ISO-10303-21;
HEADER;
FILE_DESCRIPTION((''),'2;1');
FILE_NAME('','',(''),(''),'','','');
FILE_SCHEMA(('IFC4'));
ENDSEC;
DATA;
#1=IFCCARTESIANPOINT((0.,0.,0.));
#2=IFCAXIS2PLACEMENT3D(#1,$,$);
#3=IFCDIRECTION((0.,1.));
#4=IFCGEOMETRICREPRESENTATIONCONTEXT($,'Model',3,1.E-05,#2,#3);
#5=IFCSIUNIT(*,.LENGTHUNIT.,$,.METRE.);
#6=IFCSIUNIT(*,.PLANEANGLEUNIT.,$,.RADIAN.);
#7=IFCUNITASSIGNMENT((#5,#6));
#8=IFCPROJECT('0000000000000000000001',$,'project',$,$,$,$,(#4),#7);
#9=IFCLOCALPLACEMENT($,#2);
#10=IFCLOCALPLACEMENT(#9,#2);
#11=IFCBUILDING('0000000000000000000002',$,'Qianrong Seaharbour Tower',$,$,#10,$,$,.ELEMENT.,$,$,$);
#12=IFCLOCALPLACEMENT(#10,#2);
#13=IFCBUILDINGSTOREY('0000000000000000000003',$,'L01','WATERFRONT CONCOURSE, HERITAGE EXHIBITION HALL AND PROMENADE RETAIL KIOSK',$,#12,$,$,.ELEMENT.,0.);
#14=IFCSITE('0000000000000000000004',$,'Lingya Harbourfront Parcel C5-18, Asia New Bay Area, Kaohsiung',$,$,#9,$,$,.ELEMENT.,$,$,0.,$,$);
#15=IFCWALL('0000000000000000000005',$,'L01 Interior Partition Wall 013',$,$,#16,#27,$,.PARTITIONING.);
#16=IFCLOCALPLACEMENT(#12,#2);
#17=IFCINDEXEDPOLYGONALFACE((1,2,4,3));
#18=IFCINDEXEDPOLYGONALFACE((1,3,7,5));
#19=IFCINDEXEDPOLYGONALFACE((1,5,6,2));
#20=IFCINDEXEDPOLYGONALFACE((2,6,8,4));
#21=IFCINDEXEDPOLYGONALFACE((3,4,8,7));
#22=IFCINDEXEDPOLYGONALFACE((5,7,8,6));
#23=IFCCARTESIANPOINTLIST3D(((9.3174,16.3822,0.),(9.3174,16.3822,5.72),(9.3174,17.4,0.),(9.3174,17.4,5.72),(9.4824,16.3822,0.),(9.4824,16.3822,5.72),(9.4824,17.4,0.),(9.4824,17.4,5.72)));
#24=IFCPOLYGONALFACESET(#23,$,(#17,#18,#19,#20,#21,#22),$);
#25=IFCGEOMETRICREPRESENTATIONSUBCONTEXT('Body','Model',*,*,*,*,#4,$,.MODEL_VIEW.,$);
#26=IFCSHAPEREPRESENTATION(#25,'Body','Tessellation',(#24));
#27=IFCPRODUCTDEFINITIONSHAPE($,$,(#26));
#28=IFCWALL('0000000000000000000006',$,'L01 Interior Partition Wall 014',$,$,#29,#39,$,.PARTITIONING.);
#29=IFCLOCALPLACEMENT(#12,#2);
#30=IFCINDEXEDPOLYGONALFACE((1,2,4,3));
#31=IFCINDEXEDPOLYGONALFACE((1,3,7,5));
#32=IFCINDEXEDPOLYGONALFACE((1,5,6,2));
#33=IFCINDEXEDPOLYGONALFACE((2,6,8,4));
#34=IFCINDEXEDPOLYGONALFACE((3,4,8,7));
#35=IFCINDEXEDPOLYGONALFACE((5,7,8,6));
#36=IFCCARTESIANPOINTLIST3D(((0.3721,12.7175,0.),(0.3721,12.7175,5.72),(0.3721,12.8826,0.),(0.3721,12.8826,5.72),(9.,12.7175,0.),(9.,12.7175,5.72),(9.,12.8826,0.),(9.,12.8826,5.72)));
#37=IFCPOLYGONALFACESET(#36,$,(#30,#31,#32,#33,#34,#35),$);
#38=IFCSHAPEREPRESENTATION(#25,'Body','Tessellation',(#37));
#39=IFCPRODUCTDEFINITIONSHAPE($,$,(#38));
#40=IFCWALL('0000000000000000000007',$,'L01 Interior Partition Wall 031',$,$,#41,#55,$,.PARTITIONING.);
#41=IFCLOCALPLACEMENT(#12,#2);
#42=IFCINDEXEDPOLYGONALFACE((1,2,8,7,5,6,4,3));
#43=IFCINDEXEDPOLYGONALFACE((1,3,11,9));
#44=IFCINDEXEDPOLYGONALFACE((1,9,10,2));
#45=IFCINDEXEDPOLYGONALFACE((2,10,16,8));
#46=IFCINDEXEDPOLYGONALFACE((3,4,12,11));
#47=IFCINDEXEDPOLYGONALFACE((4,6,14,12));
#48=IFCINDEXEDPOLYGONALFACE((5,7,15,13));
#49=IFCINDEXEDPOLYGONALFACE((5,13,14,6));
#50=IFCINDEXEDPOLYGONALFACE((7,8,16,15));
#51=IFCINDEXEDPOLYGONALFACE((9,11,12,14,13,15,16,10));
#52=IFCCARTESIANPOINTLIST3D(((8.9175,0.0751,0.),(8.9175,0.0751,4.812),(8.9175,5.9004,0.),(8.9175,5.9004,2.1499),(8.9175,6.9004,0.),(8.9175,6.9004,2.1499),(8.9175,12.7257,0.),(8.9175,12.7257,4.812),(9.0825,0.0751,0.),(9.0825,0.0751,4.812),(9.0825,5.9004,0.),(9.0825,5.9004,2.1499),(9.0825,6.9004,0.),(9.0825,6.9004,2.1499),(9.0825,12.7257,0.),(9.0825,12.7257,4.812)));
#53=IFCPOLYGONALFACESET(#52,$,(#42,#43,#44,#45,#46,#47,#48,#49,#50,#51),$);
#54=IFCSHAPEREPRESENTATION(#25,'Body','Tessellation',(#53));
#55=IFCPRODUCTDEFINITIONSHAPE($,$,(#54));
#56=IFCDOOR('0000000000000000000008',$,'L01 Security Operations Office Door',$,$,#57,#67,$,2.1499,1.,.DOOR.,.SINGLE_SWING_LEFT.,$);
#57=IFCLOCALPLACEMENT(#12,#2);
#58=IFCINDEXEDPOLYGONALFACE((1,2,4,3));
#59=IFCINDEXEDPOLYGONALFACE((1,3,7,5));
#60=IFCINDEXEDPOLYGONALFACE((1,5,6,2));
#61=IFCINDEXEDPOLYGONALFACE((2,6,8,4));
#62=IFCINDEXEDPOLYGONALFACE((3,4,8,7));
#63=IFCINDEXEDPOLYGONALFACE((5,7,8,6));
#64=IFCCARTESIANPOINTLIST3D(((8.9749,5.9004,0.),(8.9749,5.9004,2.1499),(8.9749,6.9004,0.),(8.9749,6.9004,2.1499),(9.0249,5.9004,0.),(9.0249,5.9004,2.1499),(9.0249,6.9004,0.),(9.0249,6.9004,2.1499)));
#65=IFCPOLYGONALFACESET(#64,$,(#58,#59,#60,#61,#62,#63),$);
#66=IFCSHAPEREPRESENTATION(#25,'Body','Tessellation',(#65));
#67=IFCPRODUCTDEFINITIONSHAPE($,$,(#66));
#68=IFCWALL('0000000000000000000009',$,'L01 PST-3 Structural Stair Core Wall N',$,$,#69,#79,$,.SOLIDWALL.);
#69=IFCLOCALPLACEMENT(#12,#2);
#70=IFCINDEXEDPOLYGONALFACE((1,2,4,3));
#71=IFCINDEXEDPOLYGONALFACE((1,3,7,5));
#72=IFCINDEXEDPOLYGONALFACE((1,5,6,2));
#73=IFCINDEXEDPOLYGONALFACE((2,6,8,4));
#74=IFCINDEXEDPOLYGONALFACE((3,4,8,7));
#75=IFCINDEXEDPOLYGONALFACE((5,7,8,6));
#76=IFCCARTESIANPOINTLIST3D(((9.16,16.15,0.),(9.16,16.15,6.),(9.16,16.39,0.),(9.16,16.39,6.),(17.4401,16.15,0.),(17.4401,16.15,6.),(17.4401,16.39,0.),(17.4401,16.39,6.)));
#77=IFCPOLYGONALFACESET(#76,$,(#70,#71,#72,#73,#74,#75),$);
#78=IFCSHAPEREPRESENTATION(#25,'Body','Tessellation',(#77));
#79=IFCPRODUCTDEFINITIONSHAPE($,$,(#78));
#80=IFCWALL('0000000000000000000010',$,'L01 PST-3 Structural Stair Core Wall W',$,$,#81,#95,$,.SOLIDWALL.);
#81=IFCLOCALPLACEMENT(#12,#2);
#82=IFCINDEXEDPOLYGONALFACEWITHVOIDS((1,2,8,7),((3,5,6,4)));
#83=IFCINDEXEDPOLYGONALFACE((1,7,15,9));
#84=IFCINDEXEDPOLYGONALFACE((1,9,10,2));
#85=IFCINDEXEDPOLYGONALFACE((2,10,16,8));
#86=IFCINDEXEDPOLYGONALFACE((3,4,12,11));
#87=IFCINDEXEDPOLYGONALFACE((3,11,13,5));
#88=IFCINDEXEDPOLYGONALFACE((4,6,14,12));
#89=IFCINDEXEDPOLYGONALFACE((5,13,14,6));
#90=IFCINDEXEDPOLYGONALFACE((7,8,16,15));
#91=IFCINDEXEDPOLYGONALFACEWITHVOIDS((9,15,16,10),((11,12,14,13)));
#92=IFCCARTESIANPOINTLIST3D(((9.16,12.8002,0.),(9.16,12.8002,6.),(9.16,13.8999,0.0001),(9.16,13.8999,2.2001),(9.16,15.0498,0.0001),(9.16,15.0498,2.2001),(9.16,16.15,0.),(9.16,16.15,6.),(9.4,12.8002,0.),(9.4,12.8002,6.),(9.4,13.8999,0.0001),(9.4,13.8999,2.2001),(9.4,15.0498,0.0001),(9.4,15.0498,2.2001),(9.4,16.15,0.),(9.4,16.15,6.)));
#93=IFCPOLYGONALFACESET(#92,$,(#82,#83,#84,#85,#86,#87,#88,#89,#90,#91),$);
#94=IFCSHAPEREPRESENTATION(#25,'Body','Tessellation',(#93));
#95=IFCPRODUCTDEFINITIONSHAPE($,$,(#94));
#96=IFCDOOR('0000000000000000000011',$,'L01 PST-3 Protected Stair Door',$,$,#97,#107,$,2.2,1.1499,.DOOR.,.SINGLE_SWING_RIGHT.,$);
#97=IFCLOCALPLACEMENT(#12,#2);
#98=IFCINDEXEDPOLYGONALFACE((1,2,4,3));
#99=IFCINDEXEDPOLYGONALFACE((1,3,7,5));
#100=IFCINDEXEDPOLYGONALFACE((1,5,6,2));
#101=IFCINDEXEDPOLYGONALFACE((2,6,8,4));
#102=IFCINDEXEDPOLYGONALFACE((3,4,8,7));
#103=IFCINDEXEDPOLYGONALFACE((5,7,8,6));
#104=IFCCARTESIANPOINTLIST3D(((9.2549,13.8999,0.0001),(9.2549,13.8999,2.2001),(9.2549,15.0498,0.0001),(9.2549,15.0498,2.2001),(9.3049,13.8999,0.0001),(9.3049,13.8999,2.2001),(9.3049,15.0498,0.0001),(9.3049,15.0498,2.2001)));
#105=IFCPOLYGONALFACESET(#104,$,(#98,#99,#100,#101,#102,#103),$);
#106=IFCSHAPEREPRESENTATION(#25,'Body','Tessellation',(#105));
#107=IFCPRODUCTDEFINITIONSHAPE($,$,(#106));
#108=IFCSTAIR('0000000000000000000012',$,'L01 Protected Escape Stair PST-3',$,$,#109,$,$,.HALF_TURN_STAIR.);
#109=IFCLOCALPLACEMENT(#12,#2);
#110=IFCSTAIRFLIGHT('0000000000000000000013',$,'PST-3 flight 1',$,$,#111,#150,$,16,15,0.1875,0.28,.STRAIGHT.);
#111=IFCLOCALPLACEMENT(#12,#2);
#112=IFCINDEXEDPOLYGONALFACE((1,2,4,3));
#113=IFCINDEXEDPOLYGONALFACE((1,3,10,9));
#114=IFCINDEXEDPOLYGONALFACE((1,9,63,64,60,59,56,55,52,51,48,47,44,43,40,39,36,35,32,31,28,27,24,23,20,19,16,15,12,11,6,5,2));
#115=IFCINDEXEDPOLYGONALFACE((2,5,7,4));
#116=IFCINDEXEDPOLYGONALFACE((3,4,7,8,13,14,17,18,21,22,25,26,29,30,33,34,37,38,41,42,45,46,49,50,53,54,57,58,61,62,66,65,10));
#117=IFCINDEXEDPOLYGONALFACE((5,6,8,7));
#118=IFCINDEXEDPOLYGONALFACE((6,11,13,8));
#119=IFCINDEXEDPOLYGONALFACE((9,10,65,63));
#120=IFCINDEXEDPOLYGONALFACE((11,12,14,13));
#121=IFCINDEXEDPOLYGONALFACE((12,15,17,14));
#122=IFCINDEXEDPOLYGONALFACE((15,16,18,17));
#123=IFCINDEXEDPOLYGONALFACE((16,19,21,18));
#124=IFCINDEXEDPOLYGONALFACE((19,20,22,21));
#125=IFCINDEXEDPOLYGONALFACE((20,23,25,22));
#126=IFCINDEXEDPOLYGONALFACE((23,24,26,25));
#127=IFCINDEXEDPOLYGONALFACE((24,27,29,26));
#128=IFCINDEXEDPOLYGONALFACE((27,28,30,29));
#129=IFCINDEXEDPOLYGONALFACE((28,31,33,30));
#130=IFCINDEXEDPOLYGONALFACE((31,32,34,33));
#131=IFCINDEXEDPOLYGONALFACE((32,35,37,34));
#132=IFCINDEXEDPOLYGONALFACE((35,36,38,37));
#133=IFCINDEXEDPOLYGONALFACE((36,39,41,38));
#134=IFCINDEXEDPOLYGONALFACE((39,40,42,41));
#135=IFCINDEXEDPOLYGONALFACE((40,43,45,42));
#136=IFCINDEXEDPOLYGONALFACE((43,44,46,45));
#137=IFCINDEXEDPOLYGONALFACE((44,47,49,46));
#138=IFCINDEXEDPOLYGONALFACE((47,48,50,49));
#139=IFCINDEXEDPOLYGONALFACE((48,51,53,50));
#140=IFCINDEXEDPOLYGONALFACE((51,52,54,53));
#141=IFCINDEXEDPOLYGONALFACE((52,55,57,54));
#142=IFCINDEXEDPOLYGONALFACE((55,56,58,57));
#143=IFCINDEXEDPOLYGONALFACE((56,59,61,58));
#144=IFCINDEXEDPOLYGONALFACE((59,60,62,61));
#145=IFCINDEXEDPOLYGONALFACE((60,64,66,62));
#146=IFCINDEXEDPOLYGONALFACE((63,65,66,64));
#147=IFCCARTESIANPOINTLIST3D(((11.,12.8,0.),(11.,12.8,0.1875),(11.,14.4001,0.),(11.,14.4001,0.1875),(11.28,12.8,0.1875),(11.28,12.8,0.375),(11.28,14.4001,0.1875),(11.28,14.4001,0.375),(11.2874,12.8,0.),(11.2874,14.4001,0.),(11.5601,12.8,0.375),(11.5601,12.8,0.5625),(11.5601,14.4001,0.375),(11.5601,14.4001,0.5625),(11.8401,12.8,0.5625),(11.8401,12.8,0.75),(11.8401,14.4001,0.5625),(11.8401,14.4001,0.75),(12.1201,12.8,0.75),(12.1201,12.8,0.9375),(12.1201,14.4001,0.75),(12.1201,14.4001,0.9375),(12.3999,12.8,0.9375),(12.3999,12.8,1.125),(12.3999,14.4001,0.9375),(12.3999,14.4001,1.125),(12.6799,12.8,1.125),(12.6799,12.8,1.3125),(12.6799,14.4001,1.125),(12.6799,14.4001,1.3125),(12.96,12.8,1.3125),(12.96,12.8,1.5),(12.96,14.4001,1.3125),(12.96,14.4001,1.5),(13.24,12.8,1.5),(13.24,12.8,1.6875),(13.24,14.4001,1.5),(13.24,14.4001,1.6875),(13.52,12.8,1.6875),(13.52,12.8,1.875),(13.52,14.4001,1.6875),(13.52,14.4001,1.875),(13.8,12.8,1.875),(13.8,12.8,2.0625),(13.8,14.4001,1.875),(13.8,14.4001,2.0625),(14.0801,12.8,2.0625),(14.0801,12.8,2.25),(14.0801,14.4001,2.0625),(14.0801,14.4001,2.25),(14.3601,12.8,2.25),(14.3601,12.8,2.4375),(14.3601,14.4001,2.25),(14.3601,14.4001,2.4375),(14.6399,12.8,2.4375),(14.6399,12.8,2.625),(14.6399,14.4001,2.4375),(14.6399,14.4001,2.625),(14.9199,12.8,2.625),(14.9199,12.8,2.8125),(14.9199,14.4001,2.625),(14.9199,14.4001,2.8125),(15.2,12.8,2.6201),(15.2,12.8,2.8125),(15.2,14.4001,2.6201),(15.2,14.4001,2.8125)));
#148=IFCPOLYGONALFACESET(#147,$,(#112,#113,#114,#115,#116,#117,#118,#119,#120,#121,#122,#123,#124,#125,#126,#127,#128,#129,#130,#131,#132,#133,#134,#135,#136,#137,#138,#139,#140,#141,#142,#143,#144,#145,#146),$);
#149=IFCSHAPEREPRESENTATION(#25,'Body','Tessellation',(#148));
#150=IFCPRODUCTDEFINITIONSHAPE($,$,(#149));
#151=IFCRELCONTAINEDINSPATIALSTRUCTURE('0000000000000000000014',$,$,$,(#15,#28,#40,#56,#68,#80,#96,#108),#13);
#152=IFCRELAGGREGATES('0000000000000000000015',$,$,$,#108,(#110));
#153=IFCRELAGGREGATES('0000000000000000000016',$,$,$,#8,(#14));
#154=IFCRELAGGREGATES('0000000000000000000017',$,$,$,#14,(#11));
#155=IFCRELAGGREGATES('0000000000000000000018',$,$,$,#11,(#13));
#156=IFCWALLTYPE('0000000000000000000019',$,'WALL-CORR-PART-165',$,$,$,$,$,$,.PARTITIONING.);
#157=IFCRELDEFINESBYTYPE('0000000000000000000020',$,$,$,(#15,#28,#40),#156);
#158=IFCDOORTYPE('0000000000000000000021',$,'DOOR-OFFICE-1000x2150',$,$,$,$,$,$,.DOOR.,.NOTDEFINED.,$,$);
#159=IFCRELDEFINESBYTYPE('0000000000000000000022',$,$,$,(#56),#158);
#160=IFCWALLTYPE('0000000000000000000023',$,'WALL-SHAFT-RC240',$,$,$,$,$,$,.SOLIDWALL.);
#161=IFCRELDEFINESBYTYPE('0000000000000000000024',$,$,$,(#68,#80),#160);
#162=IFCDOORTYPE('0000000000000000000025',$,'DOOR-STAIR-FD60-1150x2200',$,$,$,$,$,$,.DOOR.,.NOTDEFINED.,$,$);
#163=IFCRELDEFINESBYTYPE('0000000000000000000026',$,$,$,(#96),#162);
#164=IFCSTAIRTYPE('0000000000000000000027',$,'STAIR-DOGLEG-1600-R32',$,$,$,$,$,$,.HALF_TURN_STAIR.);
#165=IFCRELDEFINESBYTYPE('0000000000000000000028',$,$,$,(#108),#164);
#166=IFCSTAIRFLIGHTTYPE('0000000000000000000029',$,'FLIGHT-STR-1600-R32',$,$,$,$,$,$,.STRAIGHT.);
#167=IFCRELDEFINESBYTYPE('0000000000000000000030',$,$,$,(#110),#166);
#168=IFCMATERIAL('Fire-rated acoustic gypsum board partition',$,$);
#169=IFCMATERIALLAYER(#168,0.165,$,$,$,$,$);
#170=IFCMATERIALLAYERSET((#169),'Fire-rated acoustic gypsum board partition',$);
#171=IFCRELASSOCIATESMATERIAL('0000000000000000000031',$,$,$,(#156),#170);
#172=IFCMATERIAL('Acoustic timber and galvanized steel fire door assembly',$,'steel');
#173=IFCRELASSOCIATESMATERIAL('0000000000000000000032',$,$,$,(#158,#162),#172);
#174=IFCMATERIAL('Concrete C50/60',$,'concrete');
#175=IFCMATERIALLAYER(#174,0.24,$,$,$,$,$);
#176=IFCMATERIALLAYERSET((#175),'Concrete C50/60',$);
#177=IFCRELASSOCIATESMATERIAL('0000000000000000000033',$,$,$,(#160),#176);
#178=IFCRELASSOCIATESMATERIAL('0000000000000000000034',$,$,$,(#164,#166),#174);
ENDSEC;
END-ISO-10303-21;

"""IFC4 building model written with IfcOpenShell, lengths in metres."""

from ifc_helpers import new_model, si_unit, direction, frame, frame_2d, origin, place, context, subcontext, project, spatial, polyline, rectangle, outline, extrude, material, layer, layer_set, type_object, element, fill, aggregate, save


model = new_model("IFC4")

# Units and contexts
model_context = context("Model", 3, precision=1e-05, world=origin(), true_north=direction((0.0, 1.0)))
body_context = subcontext(model_context, "Body", "Model", "MODEL_VIEW")
ifc_project = project(units=[si_unit("LENGTHUNIT", "METRE"), si_unit("PLANEANGLEUNIT", "RADIAN")], contexts=[model_context])

# Site, building, storey
site_placement = place(None, origin())
site = spatial("IfcSite", under=ifc_project, at=site_placement, Name="Lingya Harbourfront Parcel C5-18, Asia New Bay Area, Kaohsiung", CompositionType="ELEMENT", RefElevation=0.0)
building_placement = place(site_placement, origin())
building = spatial("IfcBuilding", under=site, at=building_placement, Name="Qianrong Seaharbour Tower", CompositionType="ELEMENT")
storey_placement = place(building_placement, origin())
storey = spatial("IfcBuildingStorey", under=building, at=storey_placement, Name="L01", Description="WATERFRONT CONCOURSE, HERITAGE EXHIBITION HALL AND PROMENADE RETAIL KIOSK", CompositionType="ELEMENT", Elevation=0.0)

# Walls
ifc_material_1 = material(Name="Fire-rated acoustic gypsum board partition")
ifc_layer_1 = layer(ifc_material_1, 0.165)
ifc_layer_set_1 = layer_set([ifc_layer_1], Name="Fire-rated acoustic gypsum board partition")
wall_type_1 = type_object("IfcWallType", Name="WALL-CORR-PART-165", PredefinedType="PARTITIONING", material=ifc_layer_set_1)
wall_1_placement = place(storey_placement, frame((9.3999, 17.3999, 0.0), z_axis=(0.0, 0.0, 1.0), x_axis=(0.0, -1.0, 0.0)))
element("IfcWall", 1, at=wall_1_placement, inside=storey, type_object=wall_type_1, Name="L01 Interior Partition Wall 013", PredefinedType="PARTITIONING", context=body_context, shape_type="SweptSolid", body=[
    extrude(rectangle(XDim=1.0178, YDim=0.165, at=frame_2d((0.5088, 0.0))), origin(), (0.0, 0.0, 1.0), 5.72),
])
wall_2_placement = place(storey_placement, frame((9.0, 12.8, 0.0), z_axis=(0.0, 0.0, 1.0), x_axis=(-1.0, 0.0, 0.0)))
element("IfcWall", 2, at=wall_2_placement, inside=storey, type_object=wall_type_1, Name="L01 Interior Partition Wall 014", PredefinedType="PARTITIONING", context=body_context, shape_type="SweptSolid", body=[
    extrude(rectangle(XDim=8.6279, YDim=0.165, at=frame_2d((4.314, 0.0))), origin(), (0.0, 0.0, 1.0), 5.72),
])

# Wall, opening, door
wall_3_placement = place(storey_placement, frame((9.0, 12.7256, 0.0), z_axis=(0.0, 0.0, 1.0), x_axis=(0.0, -1.0, 0.0)))
wall_3 = element("IfcWall", 3, at=wall_3_placement, inside=storey, type_object=wall_type_1, Name="L01 Interior Partition Wall 031", PredefinedType="PARTITIONING", context=body_context, shape_type="SweptSolid", body=[
    extrude(rectangle(XDim=12.6506, YDim=0.165, at=frame_2d((6.3252, 0.0))), origin(), (0.0, 0.0, 1.0), 4.812),
])
opening_1_placement = place(wall_3_placement, frame((5.8252, 0.0, 0.0)))
opening_1 = element("IfcOpeningElement", 4, at=opening_1_placement, cuts=wall_3, PredefinedType="OPENING", context=body_context, shape_type="SweptSolid", body=[
    extrude(rectangle(XDim=1.0, YDim=2.1499, at=frame_2d((0.5, 1.075))), frame((0.0, 0.0925, 0.0), z_axis=(0.0, -1.0, 0.0), x_axis=(1.0, 0.0, 0.0)), (0.0, 0.0, 1.0), 0.1851),
])
ifc_material_2 = material(Name="Acoustic timber and galvanized steel fire door assembly", Category="steel")
door_type_1 = type_object("IfcDoorType", Name="DOOR-OFFICE-1000x2150", OperationType="NOTDEFINED", PredefinedType="DOOR", material=ifc_material_2)
door_1_placement = place(opening_1_placement, origin())
door_1 = element("IfcDoor", 5, at=door_1_placement, inside=storey, type_object=door_type_1, Name="L01 Security Operations Office Door", OperationType="SINGLE_SWING_LEFT", OverallHeight=2.1499, OverallWidth=1.0, PredefinedType="DOOR", context=body_context, shape_type="SweptSolid", body=[
    extrude(rectangle(XDim=1.0, YDim=2.1499, at=frame_2d((0.5, 1.075))), frame((0.0, 0.0249, 0.0), z_axis=(0.0, -1.0, 0.0), x_axis=(1.0, 0.0, 0.0)), (0.0, 0.0, 1.0), 0.05),
])
fill(opening_1, door_1)

# Wall
ifc_material_3 = material(Name="Concrete C50/60", Category="concrete")
ifc_layer_2 = layer(ifc_material_3, 0.24)
ifc_layer_set_2 = layer_set([ifc_layer_2], Name="Concrete C50/60")
wall_type_2 = type_object("IfcWallType", Name="WALL-SHAFT-RC240", PredefinedType="SOLIDWALL", material=ifc_layer_set_2)
wall_4_placement = place(storey_placement, frame((9.1599, 16.27, 0.0), z_axis=(0.0, 0.0, 1.0), x_axis=(1.0, 0.0, 0.0)))
element("IfcWall", 6, at=wall_4_placement, inside=storey, type_object=wall_type_2, Name="L01 PST-3 Structural Stair Core Wall N", PredefinedType="SOLIDWALL", context=body_context, shape_type="SweptSolid", body=[
    extrude(rectangle(XDim=8.28, YDim=0.24, at=frame_2d((4.1401, 0.0))), origin(), (0.0, 0.0, 1.0), 6.0),
])

# Wall, opening, door
wall_5_placement = place(storey_placement, frame((9.28, 16.1499, 0.0), z_axis=(0.0, 0.0, 1.0), x_axis=(0.0, -1.0, 0.0)))
wall_5 = element("IfcWall", 7, at=wall_5_placement, inside=storey, type_object=wall_type_2, Name="L01 PST-3 Structural Stair Core Wall W", PredefinedType="SOLIDWALL", context=body_context, shape_type="SweptSolid", body=[
    extrude(rectangle(XDim=3.3499, YDim=0.24, at=frame_2d((1.6748, 0.0))), origin(), (0.0, 0.0, 1.0), 6.0),
])
opening_2_placement = place(wall_5_placement, frame((1.1001, 0.0, 0.0)))
opening_2 = element("IfcOpeningElement", 8, at=opening_2_placement, cuts=wall_5, PredefinedType="OPENING", context=body_context, shape_type="SweptSolid", body=[
    extrude(rectangle(XDim=1.1499, YDim=2.2, at=frame_2d((0.575, 1.1001))), frame((0.0, 0.1299, 0.0), z_axis=(0.0, -1.0, 0.0), x_axis=(1.0, 0.0, 0.0)), (0.0, 0.0, 1.0), 0.26),
])
door_type_2 = type_object("IfcDoorType", Name="DOOR-STAIR-FD60-1150x2200", OperationType="NOTDEFINED", PredefinedType="DOOR", material=ifc_material_2)
door_2_placement = place(opening_2_placement, origin())
door_2 = element("IfcDoor", 9, at=door_2_placement, inside=storey, type_object=door_type_2, Name="L01 PST-3 Protected Stair Door", OperationType="SINGLE_SWING_RIGHT", OverallHeight=2.2, OverallWidth=1.1499, PredefinedType="DOOR", context=body_context, shape_type="SweptSolid", body=[
    extrude(rectangle(XDim=1.1499, YDim=2.2, at=frame_2d((0.575, 1.1001))), frame((0.0, 0.0249, 0.0), z_axis=(0.0, -1.0, 0.0), x_axis=(1.0, 0.0, 0.0)), (0.0, 0.0, 1.0), 0.05),
])
fill(opening_2, door_2)

# Stair, stair flight
stair_type = type_object("IfcStairType", Name="STAIR-DOGLEG-1600-R32", PredefinedType="HALF_TURN_STAIR", material=ifc_material_3)
stair_placement = place(storey_placement, origin())
stair = element("IfcStair", 10, at=stair_placement, inside=storey, type_object=stair_type, Name="L01 Protected Escape Stair PST-3", PredefinedType="HALF_TURN_STAIR")
stair_flight_type = type_object("IfcStairFlightType", Name="FLIGHT-STR-1600-R32", PredefinedType="STRAIGHT", material=ifc_material_3)
stair_flight_1_placement = place(storey_placement, frame((11.0, 13.6001, 0.0), z_axis=(0.0, 0.0, 1.0), x_axis=(1.0, 0.0, 0.0)))
stair_flight_1 = element("IfcStairFlight", 11, at=stair_flight_1_placement, type_object=stair_flight_type, Name="PST-3 flight 1", NumberOfRisers=16, NumberOfTreads=15, PredefinedType="STRAIGHT", RiserHeight=0.1875, TreadLength=0.28, context=body_context, shape_type="SweptSolid", body=[
    extrude(outline(polyline([(0.0, 0.0), (0.0, 0.1875), (0.28, 0.1875), (0.28, 0.375), (0.5601, 0.375), (0.5601, 0.5625), (0.8401, 0.5625), (0.8401, 0.75), (1.1201, 0.75), (1.1201, 0.9375), (1.3999, 0.9375), (1.3999, 1.125), (1.6799, 1.125), (1.6799, 1.3125), (1.96, 1.3125), (1.96, 1.5), (2.24, 1.5), (2.24, 1.6875), (2.52, 1.6875), (2.52, 1.875), (2.8, 1.875), (2.8, 2.0625), (3.0801, 2.0625), (3.0801, 2.25), (3.3601, 2.25), (3.3601, 2.4375), (3.6399, 2.4375), (3.6399, 2.625), (3.9199, 2.625), (3.9199, 2.8125), (4.2, 2.8125), (4.2, 3.0), (4.2, 2.6201), (0.2874, 0.0), (0.0, 0.0)])), frame((0.0, 0.8, 0.0), z_axis=(0.0, -1.0, 0.0), x_axis=(1.0, 0.0, 0.0)), (0.0, 0.0, 1.0), 1.6001),
])
aggregate(stair, [stair_flight_1])

save(model, "model.ifc")
